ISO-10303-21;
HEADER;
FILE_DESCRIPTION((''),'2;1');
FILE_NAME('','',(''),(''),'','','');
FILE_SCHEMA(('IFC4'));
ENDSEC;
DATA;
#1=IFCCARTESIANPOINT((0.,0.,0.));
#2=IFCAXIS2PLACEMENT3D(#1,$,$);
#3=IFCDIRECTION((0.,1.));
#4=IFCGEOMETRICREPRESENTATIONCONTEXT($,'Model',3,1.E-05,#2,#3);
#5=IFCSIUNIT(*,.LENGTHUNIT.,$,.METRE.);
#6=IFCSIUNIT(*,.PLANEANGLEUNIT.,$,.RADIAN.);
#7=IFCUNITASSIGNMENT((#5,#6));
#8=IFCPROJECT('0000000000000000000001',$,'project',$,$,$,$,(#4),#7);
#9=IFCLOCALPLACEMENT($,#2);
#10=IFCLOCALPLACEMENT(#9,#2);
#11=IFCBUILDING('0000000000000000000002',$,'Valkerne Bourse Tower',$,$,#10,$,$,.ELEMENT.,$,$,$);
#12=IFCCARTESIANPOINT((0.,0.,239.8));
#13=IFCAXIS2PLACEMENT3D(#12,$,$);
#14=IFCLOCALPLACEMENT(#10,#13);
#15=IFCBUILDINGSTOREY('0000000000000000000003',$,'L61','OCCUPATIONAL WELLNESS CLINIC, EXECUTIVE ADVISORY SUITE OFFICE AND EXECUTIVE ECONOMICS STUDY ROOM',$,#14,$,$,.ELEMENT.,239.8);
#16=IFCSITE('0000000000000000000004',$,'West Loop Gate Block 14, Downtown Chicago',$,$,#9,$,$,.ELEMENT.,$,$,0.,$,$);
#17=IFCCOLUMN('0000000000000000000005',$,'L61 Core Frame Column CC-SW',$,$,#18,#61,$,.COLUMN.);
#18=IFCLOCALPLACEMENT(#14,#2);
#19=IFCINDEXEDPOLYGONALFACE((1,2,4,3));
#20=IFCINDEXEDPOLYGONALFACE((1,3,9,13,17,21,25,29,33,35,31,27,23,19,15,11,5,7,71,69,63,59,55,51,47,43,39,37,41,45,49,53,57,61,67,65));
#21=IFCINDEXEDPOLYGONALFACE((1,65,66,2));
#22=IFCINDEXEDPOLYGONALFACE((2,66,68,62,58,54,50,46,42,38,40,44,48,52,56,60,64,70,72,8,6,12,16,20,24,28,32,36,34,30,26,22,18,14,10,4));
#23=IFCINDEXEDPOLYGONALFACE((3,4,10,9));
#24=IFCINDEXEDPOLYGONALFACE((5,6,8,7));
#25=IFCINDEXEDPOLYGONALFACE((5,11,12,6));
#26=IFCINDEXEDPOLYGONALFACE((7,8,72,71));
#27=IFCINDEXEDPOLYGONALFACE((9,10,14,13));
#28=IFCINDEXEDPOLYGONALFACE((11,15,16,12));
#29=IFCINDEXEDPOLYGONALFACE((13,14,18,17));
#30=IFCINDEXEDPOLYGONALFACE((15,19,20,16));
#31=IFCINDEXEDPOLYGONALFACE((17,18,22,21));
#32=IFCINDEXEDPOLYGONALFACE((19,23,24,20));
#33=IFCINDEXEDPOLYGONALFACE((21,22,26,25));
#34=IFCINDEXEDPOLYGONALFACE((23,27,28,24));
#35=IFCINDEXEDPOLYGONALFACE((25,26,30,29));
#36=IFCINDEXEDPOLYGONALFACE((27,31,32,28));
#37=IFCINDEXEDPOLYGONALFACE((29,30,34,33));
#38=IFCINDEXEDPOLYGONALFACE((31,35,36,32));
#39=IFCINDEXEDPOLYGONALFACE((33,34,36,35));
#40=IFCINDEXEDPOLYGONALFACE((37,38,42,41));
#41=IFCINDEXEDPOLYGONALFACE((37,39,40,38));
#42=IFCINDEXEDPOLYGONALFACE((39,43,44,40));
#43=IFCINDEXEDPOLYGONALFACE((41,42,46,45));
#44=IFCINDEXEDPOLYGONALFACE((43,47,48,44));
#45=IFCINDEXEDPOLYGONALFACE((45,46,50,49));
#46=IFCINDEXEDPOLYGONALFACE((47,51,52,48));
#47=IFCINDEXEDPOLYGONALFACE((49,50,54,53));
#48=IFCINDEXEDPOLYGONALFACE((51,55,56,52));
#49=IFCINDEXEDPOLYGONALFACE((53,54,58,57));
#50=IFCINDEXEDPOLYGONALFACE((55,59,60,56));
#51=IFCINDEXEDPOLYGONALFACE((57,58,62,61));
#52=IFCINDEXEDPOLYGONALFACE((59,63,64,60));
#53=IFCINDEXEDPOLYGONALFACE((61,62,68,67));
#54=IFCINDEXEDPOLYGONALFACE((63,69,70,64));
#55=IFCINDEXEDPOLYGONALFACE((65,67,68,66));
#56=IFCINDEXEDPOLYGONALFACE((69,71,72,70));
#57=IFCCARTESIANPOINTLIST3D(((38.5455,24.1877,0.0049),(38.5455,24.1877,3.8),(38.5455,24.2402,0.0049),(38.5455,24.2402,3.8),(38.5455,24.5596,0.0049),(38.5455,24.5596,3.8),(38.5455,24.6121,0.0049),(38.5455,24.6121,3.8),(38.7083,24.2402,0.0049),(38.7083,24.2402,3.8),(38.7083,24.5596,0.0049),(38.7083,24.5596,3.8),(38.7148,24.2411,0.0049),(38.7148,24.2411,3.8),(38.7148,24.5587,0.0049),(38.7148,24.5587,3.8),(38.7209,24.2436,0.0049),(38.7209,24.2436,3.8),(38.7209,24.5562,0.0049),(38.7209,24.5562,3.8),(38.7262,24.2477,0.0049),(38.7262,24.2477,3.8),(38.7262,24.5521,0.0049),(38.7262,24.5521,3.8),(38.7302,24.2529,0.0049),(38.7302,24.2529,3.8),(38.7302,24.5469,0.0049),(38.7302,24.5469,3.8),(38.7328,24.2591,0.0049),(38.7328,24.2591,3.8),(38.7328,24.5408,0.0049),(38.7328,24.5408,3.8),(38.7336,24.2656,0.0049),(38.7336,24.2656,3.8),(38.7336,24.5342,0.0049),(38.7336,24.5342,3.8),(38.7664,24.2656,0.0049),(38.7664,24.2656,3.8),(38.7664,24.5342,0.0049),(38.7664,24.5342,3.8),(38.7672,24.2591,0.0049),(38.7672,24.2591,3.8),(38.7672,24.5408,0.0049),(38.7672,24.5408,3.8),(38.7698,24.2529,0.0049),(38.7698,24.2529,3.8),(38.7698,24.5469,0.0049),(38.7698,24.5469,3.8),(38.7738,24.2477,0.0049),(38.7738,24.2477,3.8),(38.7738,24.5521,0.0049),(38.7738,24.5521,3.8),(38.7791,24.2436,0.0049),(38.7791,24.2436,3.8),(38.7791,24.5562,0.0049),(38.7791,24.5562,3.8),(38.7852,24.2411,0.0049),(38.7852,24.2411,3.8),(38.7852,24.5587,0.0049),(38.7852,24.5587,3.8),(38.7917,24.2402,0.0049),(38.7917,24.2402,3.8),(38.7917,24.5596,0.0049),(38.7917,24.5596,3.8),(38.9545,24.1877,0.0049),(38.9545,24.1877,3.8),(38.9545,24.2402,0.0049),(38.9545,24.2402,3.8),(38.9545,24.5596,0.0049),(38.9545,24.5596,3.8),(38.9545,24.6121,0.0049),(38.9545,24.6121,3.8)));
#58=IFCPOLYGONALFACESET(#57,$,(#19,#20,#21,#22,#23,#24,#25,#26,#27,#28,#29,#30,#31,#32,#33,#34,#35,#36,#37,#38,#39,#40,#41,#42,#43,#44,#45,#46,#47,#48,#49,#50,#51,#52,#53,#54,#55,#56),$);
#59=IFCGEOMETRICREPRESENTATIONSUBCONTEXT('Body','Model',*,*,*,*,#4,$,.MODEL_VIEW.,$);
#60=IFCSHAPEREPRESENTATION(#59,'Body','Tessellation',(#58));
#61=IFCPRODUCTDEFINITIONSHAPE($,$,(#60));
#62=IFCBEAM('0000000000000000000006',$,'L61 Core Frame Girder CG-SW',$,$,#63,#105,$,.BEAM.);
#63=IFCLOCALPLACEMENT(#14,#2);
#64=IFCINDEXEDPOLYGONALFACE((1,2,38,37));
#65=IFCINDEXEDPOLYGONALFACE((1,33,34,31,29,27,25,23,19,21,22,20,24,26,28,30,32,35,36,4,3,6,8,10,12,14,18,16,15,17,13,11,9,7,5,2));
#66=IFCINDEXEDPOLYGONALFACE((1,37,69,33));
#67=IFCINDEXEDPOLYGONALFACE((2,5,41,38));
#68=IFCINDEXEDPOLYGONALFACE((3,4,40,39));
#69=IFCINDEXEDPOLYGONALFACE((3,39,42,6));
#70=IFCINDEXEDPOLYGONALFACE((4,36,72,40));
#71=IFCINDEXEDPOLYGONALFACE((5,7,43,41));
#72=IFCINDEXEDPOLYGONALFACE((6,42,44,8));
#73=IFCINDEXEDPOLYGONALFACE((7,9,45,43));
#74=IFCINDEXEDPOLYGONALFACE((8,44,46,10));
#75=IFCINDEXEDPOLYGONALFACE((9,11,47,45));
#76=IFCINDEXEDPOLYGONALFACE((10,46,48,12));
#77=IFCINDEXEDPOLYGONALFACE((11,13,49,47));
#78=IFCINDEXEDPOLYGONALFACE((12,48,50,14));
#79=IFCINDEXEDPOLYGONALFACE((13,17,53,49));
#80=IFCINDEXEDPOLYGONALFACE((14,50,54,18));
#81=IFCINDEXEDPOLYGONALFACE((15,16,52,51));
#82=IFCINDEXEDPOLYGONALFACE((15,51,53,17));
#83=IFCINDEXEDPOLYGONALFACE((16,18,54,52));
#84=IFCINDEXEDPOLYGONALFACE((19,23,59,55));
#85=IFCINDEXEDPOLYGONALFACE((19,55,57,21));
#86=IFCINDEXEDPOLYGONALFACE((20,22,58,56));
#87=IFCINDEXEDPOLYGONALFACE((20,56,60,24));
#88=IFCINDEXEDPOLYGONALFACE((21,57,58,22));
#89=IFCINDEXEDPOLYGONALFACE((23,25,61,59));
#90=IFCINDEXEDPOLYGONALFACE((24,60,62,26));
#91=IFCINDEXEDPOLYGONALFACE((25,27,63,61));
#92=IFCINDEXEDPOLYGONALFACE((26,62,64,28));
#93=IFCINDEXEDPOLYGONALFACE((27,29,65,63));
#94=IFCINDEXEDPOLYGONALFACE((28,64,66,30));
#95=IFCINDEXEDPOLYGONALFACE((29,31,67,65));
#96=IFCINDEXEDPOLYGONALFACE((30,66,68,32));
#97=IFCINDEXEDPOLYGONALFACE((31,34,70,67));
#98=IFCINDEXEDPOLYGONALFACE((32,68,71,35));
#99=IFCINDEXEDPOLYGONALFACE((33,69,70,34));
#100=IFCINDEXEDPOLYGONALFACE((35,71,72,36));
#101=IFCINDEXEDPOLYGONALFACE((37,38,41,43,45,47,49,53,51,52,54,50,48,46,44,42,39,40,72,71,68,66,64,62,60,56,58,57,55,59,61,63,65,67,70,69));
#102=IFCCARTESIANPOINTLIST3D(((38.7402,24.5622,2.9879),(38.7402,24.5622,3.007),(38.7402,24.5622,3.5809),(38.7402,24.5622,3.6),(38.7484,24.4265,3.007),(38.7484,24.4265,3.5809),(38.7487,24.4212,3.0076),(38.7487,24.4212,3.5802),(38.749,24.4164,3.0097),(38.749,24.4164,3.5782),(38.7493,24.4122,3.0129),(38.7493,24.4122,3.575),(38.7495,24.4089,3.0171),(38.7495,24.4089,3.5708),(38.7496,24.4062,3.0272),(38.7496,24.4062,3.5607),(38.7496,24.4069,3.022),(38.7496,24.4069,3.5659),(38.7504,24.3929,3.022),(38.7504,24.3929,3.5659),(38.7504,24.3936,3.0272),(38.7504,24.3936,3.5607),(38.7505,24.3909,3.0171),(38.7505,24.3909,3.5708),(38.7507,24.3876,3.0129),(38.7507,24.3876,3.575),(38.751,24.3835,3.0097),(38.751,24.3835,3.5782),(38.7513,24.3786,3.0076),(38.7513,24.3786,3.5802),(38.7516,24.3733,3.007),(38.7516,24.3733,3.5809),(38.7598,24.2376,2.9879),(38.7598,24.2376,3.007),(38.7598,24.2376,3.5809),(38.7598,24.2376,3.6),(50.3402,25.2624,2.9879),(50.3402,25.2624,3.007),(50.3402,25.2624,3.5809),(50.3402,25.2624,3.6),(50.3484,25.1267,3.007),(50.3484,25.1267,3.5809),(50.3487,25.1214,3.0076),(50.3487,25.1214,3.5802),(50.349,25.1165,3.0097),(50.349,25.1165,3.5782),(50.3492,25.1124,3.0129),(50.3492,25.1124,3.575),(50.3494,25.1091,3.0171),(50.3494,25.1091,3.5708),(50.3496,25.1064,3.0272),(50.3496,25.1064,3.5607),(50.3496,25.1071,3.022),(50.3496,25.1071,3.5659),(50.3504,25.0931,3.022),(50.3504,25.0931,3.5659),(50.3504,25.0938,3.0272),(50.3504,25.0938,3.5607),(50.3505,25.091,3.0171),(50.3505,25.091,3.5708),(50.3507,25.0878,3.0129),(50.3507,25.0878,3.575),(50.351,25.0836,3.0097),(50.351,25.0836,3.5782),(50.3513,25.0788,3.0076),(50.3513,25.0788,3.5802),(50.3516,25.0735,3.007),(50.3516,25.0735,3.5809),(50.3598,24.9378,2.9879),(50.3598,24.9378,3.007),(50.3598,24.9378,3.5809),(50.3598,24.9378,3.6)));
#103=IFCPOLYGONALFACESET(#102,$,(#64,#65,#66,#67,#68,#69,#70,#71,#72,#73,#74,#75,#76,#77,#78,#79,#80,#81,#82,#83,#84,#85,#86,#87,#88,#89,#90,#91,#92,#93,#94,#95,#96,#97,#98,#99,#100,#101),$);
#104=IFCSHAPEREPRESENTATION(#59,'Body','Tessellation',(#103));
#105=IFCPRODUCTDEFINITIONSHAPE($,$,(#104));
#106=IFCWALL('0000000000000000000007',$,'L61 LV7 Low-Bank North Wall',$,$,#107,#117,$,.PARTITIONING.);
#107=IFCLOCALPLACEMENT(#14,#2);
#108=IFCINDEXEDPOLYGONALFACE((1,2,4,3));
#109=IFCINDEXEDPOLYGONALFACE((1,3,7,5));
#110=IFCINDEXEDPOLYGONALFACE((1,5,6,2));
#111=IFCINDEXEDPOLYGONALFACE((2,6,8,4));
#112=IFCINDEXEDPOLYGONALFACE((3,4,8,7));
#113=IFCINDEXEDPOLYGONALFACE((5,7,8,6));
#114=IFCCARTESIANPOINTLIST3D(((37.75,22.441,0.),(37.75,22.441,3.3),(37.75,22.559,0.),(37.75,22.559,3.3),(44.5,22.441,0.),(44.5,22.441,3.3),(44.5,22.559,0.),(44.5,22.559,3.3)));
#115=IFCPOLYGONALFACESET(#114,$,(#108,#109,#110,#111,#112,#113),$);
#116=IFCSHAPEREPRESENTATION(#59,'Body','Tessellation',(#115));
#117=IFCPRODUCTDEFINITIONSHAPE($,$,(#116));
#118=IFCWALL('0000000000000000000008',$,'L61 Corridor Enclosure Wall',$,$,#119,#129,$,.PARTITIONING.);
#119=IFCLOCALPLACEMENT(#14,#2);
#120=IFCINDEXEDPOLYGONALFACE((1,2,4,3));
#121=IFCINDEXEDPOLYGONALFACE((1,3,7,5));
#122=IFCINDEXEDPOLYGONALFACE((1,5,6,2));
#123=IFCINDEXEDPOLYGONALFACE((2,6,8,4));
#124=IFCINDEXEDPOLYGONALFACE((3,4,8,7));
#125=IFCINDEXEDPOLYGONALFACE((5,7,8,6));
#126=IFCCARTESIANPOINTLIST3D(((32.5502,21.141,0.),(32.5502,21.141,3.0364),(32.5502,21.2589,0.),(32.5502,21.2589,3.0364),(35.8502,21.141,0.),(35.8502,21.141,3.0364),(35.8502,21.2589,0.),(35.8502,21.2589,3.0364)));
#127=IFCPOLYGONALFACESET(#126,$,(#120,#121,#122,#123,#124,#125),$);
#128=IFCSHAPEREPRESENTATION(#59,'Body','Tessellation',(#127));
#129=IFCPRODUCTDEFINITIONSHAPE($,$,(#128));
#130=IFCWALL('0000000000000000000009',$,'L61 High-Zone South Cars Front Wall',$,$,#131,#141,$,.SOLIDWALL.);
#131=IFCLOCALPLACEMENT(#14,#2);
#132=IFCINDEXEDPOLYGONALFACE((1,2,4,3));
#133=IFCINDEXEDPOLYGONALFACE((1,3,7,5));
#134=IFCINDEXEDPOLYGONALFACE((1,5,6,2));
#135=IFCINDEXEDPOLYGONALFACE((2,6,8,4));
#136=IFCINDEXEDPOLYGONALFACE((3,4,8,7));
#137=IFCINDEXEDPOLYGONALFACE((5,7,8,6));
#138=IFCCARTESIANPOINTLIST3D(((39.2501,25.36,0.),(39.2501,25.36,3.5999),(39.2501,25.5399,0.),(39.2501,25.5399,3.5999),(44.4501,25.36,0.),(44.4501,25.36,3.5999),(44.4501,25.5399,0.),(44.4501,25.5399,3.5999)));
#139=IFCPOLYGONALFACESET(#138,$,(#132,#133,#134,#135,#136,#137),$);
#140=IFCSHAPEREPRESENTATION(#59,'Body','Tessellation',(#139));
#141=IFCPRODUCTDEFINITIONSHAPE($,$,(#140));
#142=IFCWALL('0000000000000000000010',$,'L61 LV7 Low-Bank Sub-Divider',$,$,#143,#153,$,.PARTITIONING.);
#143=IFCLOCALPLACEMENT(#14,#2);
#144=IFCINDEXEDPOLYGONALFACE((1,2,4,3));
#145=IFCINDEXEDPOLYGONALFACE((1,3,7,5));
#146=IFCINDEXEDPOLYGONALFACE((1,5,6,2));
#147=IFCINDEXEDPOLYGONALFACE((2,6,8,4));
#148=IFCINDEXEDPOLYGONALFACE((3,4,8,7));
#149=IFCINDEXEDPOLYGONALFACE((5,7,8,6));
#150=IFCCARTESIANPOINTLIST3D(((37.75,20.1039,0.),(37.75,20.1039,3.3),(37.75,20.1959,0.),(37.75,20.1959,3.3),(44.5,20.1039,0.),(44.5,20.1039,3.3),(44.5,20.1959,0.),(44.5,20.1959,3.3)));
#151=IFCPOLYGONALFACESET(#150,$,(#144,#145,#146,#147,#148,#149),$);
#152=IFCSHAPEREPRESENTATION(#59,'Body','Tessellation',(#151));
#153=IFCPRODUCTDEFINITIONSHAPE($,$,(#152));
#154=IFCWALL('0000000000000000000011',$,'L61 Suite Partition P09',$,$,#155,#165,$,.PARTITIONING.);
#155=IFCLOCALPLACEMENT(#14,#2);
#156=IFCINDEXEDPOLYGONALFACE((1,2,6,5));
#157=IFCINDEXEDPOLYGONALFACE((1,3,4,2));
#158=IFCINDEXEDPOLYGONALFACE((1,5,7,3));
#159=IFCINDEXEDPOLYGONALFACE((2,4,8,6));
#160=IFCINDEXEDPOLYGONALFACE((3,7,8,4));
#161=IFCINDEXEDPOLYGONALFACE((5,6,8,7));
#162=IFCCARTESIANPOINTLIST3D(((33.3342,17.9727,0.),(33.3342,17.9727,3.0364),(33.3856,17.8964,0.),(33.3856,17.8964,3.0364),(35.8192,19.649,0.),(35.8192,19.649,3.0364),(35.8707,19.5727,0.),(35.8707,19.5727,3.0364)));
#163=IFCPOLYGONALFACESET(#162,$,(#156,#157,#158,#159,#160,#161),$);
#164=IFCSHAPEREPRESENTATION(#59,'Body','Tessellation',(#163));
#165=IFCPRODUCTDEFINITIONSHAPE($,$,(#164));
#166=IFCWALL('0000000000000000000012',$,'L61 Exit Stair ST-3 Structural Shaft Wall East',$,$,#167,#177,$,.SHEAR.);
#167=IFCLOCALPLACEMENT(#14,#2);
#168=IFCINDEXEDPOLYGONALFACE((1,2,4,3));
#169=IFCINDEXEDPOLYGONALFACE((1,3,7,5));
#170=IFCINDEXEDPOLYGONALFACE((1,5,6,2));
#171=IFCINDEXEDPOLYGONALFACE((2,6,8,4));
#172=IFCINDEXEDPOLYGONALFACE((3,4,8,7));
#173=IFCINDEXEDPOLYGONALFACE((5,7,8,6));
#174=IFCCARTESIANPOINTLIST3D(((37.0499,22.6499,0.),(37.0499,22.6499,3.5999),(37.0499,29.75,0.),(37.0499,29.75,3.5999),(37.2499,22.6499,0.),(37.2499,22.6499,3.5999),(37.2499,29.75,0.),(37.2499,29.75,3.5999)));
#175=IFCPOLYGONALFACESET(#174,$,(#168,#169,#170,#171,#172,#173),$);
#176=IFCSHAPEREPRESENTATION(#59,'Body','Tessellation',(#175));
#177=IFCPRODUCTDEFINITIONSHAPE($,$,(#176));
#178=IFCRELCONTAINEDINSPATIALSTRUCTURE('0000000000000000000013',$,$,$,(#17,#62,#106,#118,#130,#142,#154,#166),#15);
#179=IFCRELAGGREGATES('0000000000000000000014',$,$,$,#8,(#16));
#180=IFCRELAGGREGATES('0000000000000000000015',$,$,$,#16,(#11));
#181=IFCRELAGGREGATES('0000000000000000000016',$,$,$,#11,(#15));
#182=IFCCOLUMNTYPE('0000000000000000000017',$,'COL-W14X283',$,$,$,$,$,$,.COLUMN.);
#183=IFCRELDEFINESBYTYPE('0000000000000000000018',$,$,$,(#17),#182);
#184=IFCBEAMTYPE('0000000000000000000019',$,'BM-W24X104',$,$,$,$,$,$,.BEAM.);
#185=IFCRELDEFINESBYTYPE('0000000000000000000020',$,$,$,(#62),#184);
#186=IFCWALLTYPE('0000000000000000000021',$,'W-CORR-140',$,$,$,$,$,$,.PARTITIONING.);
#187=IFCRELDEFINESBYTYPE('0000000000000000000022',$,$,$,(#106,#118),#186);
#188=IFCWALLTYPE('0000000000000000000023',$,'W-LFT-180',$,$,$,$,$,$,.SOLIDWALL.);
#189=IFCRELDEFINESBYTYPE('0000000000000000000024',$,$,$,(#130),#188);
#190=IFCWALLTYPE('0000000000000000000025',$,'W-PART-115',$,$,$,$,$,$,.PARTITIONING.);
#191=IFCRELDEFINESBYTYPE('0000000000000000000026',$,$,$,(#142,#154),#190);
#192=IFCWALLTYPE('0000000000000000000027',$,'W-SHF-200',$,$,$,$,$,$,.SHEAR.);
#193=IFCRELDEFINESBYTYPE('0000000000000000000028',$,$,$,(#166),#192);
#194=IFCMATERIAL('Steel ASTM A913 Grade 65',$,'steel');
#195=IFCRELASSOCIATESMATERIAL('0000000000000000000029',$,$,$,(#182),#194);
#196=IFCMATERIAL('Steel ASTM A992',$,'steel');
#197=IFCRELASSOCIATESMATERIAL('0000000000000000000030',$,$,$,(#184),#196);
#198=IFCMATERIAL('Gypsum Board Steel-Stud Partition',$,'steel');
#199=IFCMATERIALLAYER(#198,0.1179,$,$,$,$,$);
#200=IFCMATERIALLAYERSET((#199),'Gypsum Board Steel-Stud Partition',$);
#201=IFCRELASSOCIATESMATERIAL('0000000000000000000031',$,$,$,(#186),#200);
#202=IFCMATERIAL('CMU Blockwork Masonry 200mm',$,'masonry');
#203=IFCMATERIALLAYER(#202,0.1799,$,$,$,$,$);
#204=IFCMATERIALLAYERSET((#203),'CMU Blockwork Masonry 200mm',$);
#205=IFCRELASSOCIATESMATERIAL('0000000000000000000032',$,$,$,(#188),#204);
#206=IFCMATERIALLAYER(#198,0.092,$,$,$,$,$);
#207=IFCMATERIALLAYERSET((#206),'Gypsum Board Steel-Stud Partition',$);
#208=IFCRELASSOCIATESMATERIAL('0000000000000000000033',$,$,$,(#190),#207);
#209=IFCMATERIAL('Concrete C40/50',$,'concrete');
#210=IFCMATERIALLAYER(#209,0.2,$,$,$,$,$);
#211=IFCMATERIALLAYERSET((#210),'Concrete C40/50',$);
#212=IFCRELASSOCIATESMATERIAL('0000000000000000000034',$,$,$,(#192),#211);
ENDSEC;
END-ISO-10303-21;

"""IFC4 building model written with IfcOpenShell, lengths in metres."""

from ifc_helpers import new_model, si_unit, direction, frame, frame_2d, origin, origin_2d, place, context, subcontext, project, spatial, rectangle, i_section, extrude, material, layer, layer_set, material_profile, profile_set, type_object, element, save


model = new_model("IFC4")

# Units and contexts
model_context = context("Model", 3, precision=1e-05, world=origin(), true_north=direction((0.0, 1.0)))
body_context = subcontext(model_context, "Body", "Model", "MODEL_VIEW")
ifc_project = project(units=[si_unit("LENGTHUNIT", "METRE"), si_unit("PLANEANGLEUNIT", "RADIAN")], contexts=[model_context])

# Site, building, storey
site_placement = place(None, origin())
site = spatial("IfcSite", under=ifc_project, at=site_placement, Name="West Loop Gate Block 14, Downtown Chicago", CompositionType="ELEMENT", RefElevation=0.0)
building_placement = place(site_placement, origin())
building = spatial("IfcBuilding", under=site, at=building_placement, Name="Valkerne Bourse Tower", CompositionType="ELEMENT")
storey_placement = place(building_placement, frame((0.0, 0.0, 239.8)))
storey = spatial("IfcBuildingStorey", under=building, at=storey_placement, Name="L61", Description="OCCUPATIONAL WELLNESS CLINIC, EXECUTIVE ADVISORY SUITE OFFICE AND EXECUTIVE ECONOMICS STUDY ROOM", CompositionType="ELEMENT", Elevation=239.8)

# Column
ifc_material_1 = material(Name="Steel ASTM A913 Grade 65", Category="steel")
ifc_material_profile_1 = material_profile(ifc_material_1, i_section(OverallWidth=0.4089, OverallDepth=0.4243, WebThickness=0.0327, FlangeThickness=0.0525, FilletRadius=0.0254, at=origin_2d()), Name="W14X283")
ifc_profile_set_1 = profile_set([ifc_material_profile_1], Name="Steel ASTM A913 Grade 65")
column_type = type_object("IfcColumnType", Name="COL-W14X283", PredefinedType="COLUMN", material=ifc_profile_set_1)
column_placement = place(storey_placement, frame((38.75, 24.3999, 0.0049), z_axis=(0.0, 0.0, 1.0), x_axis=(1.0, 0.0, 0.0)))
element("IfcColumn", 1, at=column_placement, inside=storey, type_object=column_type, Name="L61 Core Frame Column CC-SW", PredefinedType="COLUMN", context=body_context, shape_type="SweptSolid", body=[
    extrude(i_section(OverallWidth=0.4089, OverallDepth=0.4243, WebThickness=0.0327, FlangeThickness=0.0525, FilletRadius=0.0254, at=origin_2d()), origin(), (0.0, 0.0, 1.0), 3.7952),
])

# Beam
ifc_material_2 = material(Name="Steel ASTM A992", Category="steel")
ifc_material_profile_2 = material_profile(ifc_material_2, i_section(OverallWidth=0.3252, OverallDepth=0.6121, WebThickness=0.0127, FlangeThickness=0.019, FilletRadius=0.0203, at=origin_2d()), Name="W24X104")
ifc_profile_set_2 = profile_set([ifc_material_profile_2], Name="Steel ASTM A992")
beam_type = type_object("IfcBeamType", Name="BM-W24X104", PredefinedType="BEAM", material=ifc_profile_set_2)
beam_placement = place(storey_placement, frame((38.75, 24.3999, 3.2939), z_axis=(0.998183, 0.060251, 0.0), x_axis=(-0.060251, 0.998183, 0.0)))
element("IfcBeam", 2, at=beam_placement, inside=storey, type_object=beam_type, Name="L61 Core Frame Girder CG-SW", PredefinedType="BEAM", context=body_context, shape_type="SweptSolid", body=[
    extrude(i_section(OverallWidth=0.3252, OverallDepth=0.6121, WebThickness=0.0127, FlangeThickness=0.019, FilletRadius=0.0203, at=origin_2d()), origin(), (0.0, 0.0, 1.0), 11.6211),
])

# Walls
ifc_material_3 = material(Name="Gypsum Board Steel-Stud Partition", Category="steel")
ifc_layer_1 = layer(ifc_material_3, 0.1179)
ifc_layer_set_1 = layer_set([ifc_layer_1], Name="Gypsum Board Steel-Stud Partition")
wall_type_1 = type_object("IfcWallType", Name="W-CORR-140", PredefinedType="PARTITIONING", material=ifc_layer_set_1)
wall_1_placement = place(storey_placement, frame((37.75, 22.5, 0.0), z_axis=(0.0, 0.0, 1.0), x_axis=(1.0, 0.0, 0.0)))
element("IfcWall", 3, at=wall_1_placement, inside=storey, type_object=wall_type_1, Name="L61 LV7 Low-Bank North Wall", PredefinedType="PARTITIONING", context=body_context, shape_type="SweptSolid", body=[
    extrude(rectangle(XDim=6.75, YDim=0.1179, at=frame_2d((3.375, 0.0))), origin(), (0.0, 0.0, 1.0), 3.3),
])
wall_2_placement = place(storey_placement, frame((35.8501, 21.2, 0.0), z_axis=(0.0, 0.0, 1.0), x_axis=(-1.0, 0.0, 0.0)))
element("IfcWall", 4, at=wall_2_placement, inside=storey, type_object=wall_type_1, Name="L61 Corridor Enclosure Wall", PredefinedType="PARTITIONING", context=body_context, shape_type="SweptSolid", body=[
    extrude(rectangle(XDim=3.3, YDim=0.1179, at=frame_2d((1.6499, 0.0))), origin(), (0.0, 0.0, 1.0), 3.0364),
])
ifc_material_4 = material(Name="CMU Blockwork Masonry 200mm", Category="masonry")
ifc_layer_2 = layer(ifc_material_4, 0.1799)
ifc_layer_set_2 = layer_set([ifc_layer_2], Name="CMU Blockwork Masonry 200mm")
wall_type_2 = type_object("IfcWallType", Name="W-LFT-180", PredefinedType="SOLIDWALL", material=ifc_layer_set_2)
wall_3_placement = place(storey_placement, frame((39.25, 25.45, 0.0), z_axis=(0.0, 0.0, 1.0), x_axis=(1.0, 0.0, 0.0)))
element("IfcWall", 5, at=wall_3_placement, inside=storey, type_object=wall_type_2, Name="L61 High-Zone South Cars Front Wall", PredefinedType="SOLIDWALL", context=body_context, shape_type="SweptSolid", body=[
    extrude(rectangle(XDim=5.2, YDim=0.1799, at=frame_2d((2.6001, 0.0))), origin(), (0.0, 0.0, 1.0), 3.5999),
])
ifc_layer_3 = layer(ifc_material_3, 0.092)
ifc_layer_set_3 = layer_set([ifc_layer_3], Name="Gypsum Board Steel-Stud Partition")
wall_type_3 = type_object("IfcWallType", Name="W-PART-115", PredefinedType="PARTITIONING", material=ifc_layer_set_3)
wall_4_placement = place(storey_placement, frame((37.75, 20.1499, 0.0), z_axis=(0.0, 0.0, 1.0), x_axis=(1.0, 0.0, 0.0)))
element("IfcWall", 6, at=wall_4_placement, inside=storey, type_object=wall_type_3, Name="L61 LV7 Low-Bank Sub-Divider", PredefinedType="PARTITIONING", context=body_context, shape_type="SweptSolid", body=[
    extrude(rectangle(XDim=6.75, YDim=0.092, at=frame_2d((3.375, 0.0))), origin(), (0.0, 0.0, 1.0), 3.3),
])
wall_5_placement = place(storey_placement, frame((35.845, 19.6108, 0.0), z_axis=(0.0, 0.0, 1.0), x_axis=(-0.829031, -0.559203, 0.0)))
element("IfcWall", 7, at=wall_5_placement, inside=storey, type_object=wall_type_3, Name="L61 Suite Partition P09", PredefinedType="PARTITIONING", context=body_context, shape_type="SweptSolid", body=[
    extrude(rectangle(XDim=2.9976, YDim=0.092, at=frame_2d((1.4988, 0.0))), origin(), (0.0, 0.0, 1.0), 3.0364),
])
ifc_material_5 = material(Name="Concrete C40/50", Category="concrete")
ifc_layer_4 = layer(ifc_material_5, 0.2)
ifc_layer_set_4 = layer_set([ifc_layer_4], Name="Concrete C40/50")
wall_type_4 = type_object("IfcWallType", Name="W-SHF-200", PredefinedType="SHEAR", material=ifc_layer_set_4)
wall_6_placement = place(storey_placement, frame((37.1499, 22.6499, 0.0), z_axis=(0.0, 0.0, 1.0), x_axis=(0.0, 1.0, 0.0)))
element("IfcWall", 8, at=wall_6_placement, inside=storey, type_object=wall_type_4, Name="L61 Exit Stair ST-3 Structural Shaft Wall East", PredefinedType="SHEAR", context=body_context, shape_type="SweptSolid", body=[
    extrude(rectangle(XDim=7.1001, YDim=0.2, at=frame_2d((3.55, 0.0))), origin(), (0.0, 0.0, 1.0), 3.5999),
])

save(model, "model.ifc")
